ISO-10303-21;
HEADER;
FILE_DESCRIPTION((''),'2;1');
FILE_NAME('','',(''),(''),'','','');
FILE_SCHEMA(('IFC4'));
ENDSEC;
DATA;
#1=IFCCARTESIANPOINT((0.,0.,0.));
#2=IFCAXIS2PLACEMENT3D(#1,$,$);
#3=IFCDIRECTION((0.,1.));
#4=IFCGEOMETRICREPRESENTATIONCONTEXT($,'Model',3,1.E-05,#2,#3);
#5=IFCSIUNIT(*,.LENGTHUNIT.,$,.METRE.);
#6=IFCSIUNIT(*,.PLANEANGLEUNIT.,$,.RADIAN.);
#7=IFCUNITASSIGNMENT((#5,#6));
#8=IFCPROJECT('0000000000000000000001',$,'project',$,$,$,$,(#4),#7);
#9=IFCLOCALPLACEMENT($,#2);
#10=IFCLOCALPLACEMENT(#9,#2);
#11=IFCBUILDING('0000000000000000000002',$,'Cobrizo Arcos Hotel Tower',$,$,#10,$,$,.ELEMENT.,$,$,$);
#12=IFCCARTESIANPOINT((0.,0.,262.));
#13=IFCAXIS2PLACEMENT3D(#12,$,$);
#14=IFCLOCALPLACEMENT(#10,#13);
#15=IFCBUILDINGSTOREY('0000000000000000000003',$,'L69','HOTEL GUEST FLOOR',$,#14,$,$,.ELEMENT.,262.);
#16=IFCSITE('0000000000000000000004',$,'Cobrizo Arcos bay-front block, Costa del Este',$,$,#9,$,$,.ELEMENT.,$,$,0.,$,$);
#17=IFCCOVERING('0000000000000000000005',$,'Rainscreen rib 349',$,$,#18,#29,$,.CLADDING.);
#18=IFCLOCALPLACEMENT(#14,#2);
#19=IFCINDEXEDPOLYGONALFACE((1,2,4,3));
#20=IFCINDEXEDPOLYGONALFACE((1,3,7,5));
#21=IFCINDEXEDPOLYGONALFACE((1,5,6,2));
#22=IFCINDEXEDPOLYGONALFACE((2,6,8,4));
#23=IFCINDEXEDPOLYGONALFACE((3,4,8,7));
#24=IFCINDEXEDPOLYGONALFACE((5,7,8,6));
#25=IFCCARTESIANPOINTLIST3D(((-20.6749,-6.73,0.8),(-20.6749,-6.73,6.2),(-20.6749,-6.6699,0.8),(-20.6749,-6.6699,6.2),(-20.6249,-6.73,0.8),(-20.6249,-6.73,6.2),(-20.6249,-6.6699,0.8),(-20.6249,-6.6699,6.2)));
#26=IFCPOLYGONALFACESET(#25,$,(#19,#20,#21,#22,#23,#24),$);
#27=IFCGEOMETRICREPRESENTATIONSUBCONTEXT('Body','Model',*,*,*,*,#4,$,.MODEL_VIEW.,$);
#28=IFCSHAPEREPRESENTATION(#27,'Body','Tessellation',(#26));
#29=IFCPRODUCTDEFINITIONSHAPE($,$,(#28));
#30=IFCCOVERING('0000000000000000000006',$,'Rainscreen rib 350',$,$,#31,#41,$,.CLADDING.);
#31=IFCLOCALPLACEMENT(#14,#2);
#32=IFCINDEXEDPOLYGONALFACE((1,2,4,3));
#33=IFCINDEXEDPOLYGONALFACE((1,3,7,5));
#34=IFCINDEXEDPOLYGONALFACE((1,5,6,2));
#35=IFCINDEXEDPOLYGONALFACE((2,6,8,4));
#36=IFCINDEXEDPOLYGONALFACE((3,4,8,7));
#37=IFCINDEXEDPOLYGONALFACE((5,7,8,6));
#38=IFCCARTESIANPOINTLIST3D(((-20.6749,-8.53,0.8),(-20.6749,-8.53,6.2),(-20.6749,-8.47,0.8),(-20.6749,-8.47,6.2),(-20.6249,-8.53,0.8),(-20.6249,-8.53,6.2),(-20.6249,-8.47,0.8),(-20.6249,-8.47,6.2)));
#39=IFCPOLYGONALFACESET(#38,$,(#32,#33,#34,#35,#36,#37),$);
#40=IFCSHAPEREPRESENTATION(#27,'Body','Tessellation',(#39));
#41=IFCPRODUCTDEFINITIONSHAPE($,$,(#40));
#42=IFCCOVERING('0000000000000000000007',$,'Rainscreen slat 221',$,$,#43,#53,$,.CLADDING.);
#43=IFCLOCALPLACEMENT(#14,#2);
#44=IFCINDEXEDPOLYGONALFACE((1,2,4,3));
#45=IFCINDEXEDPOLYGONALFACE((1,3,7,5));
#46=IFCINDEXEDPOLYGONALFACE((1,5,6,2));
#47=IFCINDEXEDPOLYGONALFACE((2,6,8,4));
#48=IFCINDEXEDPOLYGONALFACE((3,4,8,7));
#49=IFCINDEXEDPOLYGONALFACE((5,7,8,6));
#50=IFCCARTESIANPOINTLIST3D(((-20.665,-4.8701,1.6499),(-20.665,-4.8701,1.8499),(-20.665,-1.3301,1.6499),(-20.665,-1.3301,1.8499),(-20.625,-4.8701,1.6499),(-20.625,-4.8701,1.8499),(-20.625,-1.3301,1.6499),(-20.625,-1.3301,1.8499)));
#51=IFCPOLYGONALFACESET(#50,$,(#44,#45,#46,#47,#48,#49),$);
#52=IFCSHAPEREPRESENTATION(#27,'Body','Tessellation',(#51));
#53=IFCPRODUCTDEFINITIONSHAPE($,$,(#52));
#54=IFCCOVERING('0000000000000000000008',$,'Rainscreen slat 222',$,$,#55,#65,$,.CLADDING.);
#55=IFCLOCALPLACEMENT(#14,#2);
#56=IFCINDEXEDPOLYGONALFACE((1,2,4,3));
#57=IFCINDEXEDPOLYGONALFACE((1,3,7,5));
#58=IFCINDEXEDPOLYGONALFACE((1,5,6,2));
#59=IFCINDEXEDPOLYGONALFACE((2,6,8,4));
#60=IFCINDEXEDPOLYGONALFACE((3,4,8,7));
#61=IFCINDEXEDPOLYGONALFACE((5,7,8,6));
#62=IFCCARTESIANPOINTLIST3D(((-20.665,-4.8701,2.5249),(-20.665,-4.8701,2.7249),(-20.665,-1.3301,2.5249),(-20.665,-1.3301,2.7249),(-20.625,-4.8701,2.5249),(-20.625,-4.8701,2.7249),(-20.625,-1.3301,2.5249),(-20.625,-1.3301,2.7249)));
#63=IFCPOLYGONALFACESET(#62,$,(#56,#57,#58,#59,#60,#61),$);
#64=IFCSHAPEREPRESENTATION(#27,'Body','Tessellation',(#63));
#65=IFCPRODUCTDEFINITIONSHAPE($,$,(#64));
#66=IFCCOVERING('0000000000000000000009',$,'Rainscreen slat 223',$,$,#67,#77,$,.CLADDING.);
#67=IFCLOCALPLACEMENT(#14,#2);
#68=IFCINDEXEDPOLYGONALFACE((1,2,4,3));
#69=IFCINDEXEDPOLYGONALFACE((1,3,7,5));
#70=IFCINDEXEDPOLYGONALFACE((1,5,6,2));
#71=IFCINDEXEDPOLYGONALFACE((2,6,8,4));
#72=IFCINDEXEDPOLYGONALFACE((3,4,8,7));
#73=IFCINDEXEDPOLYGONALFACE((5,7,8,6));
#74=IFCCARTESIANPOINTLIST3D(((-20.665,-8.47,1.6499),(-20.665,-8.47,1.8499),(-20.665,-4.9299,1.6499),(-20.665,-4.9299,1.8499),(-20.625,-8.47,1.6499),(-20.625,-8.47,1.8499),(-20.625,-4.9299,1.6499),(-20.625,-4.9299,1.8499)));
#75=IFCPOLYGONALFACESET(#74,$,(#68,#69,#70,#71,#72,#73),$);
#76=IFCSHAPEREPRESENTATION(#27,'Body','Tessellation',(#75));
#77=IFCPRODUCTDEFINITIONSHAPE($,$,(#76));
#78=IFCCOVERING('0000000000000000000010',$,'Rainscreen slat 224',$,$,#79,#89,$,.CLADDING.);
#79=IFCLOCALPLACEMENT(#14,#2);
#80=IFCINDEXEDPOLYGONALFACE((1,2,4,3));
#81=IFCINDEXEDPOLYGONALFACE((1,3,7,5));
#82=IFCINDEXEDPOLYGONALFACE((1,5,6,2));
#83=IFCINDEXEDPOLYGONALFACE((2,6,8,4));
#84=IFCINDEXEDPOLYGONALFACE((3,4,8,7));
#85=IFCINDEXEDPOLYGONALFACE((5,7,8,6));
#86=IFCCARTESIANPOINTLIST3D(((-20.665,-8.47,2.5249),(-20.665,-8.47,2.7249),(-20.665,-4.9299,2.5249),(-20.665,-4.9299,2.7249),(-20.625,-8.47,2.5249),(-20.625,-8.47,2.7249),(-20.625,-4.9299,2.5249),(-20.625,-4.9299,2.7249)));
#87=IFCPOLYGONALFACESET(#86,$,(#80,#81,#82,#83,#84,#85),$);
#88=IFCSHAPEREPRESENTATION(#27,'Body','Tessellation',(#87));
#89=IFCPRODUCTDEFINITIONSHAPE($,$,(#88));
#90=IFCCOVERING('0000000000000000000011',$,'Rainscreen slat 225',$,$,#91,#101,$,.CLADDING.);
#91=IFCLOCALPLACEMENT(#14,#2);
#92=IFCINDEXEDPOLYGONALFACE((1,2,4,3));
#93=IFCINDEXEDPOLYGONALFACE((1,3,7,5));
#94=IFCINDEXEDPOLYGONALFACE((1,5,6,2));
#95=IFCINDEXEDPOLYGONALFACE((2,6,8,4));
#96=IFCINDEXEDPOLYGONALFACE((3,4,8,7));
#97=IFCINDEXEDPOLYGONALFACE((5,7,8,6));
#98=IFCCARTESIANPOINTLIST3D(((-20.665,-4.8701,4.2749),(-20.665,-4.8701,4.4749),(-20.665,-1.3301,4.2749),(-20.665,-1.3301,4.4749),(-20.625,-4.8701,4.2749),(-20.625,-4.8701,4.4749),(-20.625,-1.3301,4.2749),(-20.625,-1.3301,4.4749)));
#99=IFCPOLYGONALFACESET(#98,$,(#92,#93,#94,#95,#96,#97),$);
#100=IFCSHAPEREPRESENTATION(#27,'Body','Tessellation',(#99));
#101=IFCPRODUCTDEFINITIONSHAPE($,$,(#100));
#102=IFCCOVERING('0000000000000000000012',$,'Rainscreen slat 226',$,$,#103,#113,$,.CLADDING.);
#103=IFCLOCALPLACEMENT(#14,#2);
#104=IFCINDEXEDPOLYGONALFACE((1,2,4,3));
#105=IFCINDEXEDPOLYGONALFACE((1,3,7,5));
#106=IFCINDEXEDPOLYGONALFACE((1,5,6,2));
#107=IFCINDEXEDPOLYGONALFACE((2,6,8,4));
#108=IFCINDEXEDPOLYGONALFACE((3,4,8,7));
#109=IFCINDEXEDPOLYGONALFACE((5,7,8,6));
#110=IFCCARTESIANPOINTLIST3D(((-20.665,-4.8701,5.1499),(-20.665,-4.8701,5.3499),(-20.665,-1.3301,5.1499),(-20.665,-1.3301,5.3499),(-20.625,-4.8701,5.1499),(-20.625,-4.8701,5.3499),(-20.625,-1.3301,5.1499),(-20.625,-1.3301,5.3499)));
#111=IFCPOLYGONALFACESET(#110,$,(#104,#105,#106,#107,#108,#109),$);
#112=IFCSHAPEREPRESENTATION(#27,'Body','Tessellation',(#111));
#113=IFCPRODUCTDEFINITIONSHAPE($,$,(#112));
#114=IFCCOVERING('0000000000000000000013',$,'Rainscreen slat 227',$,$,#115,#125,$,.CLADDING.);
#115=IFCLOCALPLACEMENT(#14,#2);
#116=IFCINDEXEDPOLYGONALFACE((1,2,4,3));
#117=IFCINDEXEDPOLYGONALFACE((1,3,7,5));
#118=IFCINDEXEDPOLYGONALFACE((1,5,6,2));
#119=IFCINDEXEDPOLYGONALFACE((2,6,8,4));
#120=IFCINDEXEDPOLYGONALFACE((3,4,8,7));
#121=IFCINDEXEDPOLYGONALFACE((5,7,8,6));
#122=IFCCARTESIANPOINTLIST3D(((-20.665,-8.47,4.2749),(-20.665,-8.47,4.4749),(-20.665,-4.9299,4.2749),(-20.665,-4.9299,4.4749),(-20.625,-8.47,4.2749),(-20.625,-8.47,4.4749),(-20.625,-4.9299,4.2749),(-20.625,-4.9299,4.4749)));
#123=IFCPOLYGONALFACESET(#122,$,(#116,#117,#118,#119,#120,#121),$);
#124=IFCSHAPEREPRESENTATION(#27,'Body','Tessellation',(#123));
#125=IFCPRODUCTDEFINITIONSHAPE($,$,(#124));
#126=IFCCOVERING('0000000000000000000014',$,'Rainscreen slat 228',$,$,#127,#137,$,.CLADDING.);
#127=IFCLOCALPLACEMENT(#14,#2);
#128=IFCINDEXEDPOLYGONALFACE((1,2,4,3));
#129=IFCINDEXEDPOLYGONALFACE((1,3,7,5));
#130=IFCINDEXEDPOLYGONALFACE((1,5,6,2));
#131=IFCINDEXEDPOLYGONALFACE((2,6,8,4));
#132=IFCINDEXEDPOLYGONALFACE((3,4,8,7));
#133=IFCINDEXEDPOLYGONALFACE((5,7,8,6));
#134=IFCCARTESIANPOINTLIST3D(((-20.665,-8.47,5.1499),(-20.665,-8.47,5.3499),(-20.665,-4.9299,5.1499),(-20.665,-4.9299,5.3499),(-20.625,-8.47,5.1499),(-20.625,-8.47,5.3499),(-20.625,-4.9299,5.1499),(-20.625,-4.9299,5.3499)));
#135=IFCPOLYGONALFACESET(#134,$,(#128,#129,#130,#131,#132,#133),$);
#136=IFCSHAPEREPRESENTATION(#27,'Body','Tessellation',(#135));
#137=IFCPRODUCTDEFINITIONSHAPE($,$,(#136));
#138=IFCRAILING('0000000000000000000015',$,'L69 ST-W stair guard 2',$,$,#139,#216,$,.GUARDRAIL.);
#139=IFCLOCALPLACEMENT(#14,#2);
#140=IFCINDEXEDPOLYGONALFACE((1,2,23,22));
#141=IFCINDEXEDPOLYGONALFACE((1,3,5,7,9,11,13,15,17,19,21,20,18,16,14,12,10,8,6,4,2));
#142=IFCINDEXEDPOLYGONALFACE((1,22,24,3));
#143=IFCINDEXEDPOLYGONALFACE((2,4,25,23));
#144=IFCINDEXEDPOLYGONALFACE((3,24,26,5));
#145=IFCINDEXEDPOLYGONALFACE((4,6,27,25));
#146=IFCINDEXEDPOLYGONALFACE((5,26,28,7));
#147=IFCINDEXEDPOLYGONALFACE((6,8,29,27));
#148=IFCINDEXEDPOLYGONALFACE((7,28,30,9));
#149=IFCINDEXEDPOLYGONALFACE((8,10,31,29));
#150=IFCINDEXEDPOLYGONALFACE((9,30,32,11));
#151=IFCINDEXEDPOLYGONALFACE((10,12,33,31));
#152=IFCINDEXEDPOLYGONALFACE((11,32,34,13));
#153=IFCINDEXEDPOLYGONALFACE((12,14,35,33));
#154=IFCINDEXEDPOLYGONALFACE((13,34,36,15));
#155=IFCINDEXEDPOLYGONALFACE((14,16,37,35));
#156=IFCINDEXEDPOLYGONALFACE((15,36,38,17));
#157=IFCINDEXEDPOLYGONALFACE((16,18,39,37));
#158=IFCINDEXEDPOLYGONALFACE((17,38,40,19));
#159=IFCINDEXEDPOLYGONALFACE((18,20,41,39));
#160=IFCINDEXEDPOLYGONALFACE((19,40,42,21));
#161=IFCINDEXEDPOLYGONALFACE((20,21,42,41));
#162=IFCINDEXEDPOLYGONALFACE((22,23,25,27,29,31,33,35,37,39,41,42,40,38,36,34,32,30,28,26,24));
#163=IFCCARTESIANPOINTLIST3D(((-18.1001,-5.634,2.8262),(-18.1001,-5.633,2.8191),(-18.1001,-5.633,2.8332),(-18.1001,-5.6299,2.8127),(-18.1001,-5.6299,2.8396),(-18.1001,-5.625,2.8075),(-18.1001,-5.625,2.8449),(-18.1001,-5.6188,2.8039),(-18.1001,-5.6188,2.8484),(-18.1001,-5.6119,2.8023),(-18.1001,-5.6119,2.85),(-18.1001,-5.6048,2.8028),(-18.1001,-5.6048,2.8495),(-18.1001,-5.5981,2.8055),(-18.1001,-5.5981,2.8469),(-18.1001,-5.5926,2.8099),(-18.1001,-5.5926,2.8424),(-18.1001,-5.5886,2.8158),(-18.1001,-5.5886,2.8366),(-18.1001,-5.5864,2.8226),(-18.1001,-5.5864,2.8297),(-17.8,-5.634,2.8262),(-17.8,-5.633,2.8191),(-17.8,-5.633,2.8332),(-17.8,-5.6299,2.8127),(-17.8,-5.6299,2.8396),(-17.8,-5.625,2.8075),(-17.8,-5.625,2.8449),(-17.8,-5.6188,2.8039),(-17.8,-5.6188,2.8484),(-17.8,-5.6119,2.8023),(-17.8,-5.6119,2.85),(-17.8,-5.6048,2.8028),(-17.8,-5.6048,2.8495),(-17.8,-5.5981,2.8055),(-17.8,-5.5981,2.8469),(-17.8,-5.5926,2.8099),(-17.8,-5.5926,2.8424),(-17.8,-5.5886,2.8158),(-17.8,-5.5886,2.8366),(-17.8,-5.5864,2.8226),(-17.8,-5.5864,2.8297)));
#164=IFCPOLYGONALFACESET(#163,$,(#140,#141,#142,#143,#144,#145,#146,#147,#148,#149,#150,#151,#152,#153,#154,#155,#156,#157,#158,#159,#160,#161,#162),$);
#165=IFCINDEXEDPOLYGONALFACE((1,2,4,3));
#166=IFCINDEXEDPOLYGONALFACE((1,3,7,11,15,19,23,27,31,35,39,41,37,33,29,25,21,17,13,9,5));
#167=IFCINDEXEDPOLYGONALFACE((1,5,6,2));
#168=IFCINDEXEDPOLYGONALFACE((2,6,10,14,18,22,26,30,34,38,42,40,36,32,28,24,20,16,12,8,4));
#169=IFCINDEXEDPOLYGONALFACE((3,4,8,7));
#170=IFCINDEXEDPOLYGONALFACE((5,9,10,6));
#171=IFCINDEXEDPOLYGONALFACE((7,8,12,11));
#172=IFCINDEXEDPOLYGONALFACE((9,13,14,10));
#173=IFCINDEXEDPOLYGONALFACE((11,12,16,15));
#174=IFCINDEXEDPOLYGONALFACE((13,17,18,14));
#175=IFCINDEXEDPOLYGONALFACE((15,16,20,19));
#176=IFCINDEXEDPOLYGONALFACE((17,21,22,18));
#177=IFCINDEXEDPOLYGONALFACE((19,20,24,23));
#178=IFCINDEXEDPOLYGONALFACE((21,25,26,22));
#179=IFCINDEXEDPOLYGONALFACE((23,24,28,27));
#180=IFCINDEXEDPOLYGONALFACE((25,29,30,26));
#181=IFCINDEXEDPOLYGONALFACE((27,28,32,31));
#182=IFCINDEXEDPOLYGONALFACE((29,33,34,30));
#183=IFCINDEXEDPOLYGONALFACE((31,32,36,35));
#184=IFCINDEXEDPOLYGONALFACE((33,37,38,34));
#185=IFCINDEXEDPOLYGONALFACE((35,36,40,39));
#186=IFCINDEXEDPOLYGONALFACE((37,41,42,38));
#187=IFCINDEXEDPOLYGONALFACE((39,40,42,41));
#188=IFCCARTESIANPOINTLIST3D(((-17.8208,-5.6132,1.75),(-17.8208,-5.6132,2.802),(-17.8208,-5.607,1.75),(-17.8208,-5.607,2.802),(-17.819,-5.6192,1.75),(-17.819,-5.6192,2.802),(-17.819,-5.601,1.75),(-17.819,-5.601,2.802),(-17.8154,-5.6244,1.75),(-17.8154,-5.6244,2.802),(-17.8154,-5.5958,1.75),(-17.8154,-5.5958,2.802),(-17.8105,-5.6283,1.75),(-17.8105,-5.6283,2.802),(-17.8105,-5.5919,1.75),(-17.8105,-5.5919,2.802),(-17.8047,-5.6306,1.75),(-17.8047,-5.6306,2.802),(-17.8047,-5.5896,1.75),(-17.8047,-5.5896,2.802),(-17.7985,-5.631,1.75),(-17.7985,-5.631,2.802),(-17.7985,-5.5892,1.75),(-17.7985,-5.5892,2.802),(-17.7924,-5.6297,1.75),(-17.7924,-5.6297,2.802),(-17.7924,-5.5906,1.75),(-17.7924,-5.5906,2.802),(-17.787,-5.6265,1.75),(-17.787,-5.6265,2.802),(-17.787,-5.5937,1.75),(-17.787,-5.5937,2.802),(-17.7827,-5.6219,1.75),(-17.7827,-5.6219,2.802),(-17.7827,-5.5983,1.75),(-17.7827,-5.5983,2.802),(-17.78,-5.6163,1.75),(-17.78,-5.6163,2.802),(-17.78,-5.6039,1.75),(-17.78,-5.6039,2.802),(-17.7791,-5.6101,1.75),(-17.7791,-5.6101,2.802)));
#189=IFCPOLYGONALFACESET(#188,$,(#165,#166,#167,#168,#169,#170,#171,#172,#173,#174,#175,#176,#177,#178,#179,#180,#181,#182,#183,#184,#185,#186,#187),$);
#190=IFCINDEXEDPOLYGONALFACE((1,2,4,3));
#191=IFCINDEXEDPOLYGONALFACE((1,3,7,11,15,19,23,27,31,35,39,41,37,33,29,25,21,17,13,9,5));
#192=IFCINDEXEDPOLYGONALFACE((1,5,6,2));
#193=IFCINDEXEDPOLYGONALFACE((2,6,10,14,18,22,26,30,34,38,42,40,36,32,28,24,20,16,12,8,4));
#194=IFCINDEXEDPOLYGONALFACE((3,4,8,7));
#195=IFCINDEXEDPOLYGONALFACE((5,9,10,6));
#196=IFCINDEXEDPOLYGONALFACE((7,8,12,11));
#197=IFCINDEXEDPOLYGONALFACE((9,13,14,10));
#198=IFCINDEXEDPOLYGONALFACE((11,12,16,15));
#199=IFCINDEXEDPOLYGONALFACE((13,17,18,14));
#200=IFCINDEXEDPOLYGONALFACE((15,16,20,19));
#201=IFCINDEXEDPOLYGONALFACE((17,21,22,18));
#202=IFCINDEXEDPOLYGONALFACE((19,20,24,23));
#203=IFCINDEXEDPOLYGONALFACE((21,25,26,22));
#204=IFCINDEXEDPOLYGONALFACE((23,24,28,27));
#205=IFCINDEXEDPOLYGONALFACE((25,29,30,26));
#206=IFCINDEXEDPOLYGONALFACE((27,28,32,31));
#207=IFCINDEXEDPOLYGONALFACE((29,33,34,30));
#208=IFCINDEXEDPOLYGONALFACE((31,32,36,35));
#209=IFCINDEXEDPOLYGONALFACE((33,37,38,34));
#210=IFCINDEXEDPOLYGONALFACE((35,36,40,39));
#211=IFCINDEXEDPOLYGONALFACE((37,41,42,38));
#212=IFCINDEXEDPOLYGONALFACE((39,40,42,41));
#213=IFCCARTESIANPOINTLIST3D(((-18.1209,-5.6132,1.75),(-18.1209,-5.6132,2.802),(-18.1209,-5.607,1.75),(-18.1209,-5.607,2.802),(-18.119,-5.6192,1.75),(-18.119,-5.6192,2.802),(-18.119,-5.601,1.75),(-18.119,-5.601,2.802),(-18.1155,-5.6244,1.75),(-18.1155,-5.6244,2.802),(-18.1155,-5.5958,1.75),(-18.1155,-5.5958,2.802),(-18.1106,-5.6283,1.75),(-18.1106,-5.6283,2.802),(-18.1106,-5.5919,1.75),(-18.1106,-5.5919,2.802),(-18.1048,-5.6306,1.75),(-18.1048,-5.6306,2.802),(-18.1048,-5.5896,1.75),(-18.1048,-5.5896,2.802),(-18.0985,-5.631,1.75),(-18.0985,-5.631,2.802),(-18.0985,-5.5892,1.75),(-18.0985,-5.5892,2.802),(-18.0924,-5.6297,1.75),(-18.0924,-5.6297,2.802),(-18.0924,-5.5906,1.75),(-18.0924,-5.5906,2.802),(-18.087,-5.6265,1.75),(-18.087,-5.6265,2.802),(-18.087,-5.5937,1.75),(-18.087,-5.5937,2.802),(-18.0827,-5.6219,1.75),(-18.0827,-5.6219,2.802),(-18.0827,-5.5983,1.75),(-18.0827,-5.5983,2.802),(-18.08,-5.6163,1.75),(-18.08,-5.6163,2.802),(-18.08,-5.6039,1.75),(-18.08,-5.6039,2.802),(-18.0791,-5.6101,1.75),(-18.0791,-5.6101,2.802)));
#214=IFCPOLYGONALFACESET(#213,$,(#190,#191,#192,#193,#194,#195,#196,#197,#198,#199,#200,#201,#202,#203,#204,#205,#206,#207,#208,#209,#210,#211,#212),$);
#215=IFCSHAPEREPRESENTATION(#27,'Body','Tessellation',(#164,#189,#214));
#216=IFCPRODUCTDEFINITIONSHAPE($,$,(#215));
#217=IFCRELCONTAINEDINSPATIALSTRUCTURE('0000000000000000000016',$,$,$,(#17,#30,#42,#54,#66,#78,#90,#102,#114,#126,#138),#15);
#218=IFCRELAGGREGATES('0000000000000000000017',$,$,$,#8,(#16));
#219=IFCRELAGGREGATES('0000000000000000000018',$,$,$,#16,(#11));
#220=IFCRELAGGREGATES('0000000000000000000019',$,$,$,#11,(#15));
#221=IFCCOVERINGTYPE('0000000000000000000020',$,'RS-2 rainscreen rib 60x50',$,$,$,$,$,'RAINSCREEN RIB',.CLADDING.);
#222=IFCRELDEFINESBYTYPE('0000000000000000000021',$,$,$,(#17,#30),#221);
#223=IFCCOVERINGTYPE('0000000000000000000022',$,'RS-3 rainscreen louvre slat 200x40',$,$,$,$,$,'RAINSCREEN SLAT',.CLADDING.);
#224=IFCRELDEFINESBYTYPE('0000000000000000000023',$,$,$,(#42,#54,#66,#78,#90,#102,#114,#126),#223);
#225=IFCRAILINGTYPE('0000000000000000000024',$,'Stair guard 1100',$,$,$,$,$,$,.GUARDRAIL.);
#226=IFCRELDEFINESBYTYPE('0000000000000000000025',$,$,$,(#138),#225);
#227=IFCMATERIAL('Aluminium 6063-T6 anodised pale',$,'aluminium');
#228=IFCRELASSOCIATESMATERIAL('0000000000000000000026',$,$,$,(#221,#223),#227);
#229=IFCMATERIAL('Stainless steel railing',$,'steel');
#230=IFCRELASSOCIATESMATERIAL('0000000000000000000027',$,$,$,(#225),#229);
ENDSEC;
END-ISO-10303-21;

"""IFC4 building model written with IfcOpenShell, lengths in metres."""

from ifc_helpers import new_model, si_unit, direction, frame, origin, origin_2d, place, context, subcontext, project, spatial, rectangle, circle, extrude, material, type_object, element, save


model = new_model("IFC4")

# Units and contexts
model_context = context("Model", 3, precision=1e-05, world=origin(), true_north=direction((0.0, 1.0)))
body_context = subcontext(model_context, "Body", "Model", "MODEL_VIEW")
ifc_project = project(units=[si_unit("LENGTHUNIT", "METRE"), si_unit("PLANEANGLEUNIT", "RADIAN")], contexts=[model_context])

# Site, building, storey
site_placement = place(None, origin())
site = spatial("IfcSite", under=ifc_project, at=site_placement, Name="Cobrizo Arcos bay-front block, Costa del Este", CompositionType="ELEMENT", RefElevation=0.0)
building_placement = place(site_placement, origin())
building = spatial("IfcBuilding", under=site, at=building_placement, Name="Cobrizo Arcos Hotel Tower", CompositionType="ELEMENT")
storey_placement = place(building_placement, frame((0.0, 0.0, 262.0)))
storey = spatial("IfcBuildingStorey", under=building, at=storey_placement, Name="L69", Description="HOTEL GUEST FLOOR", CompositionType="ELEMENT", Elevation=262.0)

# Coverings
ifc_material_1 = material(Name="Aluminium 6063-T6 anodised pale", Category="aluminium")
covering_type_1 = type_object("IfcCoveringType", Name="RS-2 rainscreen rib 60x50", ElementType="RAINSCREEN RIB", PredefinedType="CLADDING", material=ifc_material_1)
for number, where, z_axis, x_axis, name in (
    (1, (-20.6499, -6.7, 0.8), (0.0, 0.0, 1.0), (0.0, -1.0, 0.0), "Rainscreen rib 349"),
    (2, (-20.6499, -8.5, 0.8), (0.0, 0.0, 1.0), (0.0, -1.0, 0.0), "Rainscreen rib 350"),
):
    element("IfcCovering", number, at=place(storey_placement, frame(where, z_axis=z_axis, x_axis=x_axis)), inside=storey, type_object=covering_type_1, Name=name, PredefinedType="CLADDING", context=body_context, shape_type="SweptSolid", body=[
        extrude(rectangle(XDim=0.0601, YDim=0.05, at=origin_2d()), origin(), (0.0, 0.0, 1.0), 5.3999),
    ])
covering_type_2 = type_object("IfcCoveringType", Name="RS-3 rainscreen louvre slat 200x40", ElementType="RAINSCREEN SLAT", PredefinedType="CLADDING", material=ifc_material_1)
for number, where, z_axis, x_axis, name in (
    (3, (-20.645, -3.1001, 1.6499), (0.0, 0.0, 1.0), (0.0, -1.0, 0.0), "Rainscreen slat 221"),
    (4, (-20.645, -3.1001, 2.5249), (0.0, 0.0, 1.0), (0.0, -1.0, 0.0), "Rainscreen slat 222"),
    (5, (-20.645, -6.7, 1.6499), (0.0, 0.0, 1.0), (0.0, -1.0, 0.0), "Rainscreen slat 223"),
    (6, (-20.645, -6.7, 2.5249), (0.0, 0.0, 1.0), (0.0, -1.0, 0.0), "Rainscreen slat 224"),
    (7, (-20.645, -3.1001, 4.2749), (0.0, 0.0, 1.0), (0.0, -1.0, 0.0), "Rainscreen slat 225"),
    (8, (-20.645, -3.1001, 5.1499), (0.0, 0.0, 1.0), (0.0, -1.0, 0.0), "Rainscreen slat 226"),
    (9, (-20.645, -6.7, 4.2749), (0.0, 0.0, 1.0), (0.0, -1.0, 0.0), "Rainscreen slat 227"),
    (10, (-20.645, -6.7, 5.1499), (0.0, 0.0, 1.0), (0.0, -1.0, 0.0), "Rainscreen slat 228"),
):
    element("IfcCovering", number, at=place(storey_placement, frame(where, z_axis=z_axis, x_axis=x_axis)), inside=storey, type_object=covering_type_2, Name=name, PredefinedType="CLADDING", context=body_context, shape_type="SweptSolid", body=[
        extrude(rectangle(XDim=3.54, YDim=0.04, at=origin_2d()), origin(), (0.0, 0.0, 1.0), 0.2),
    ])

# Railing
ifc_material_2 = material(Name="Stainless steel railing", Category="steel")
railing_type_1 = type_object("IfcRailingType", Name="Stair guard 1100", PredefinedType="GUARDRAIL", material=ifc_material_2)
railing_1_placement = place(storey_placement, frame((-17.8, -5.6101, 1.75)))
element("IfcRailing", 11, at=railing_1_placement, inside=storey, type_object=railing_type_1, Name="L69 ST-W stair guard 2", PredefinedType="GUARDRAIL", context=body_context, shape_type="SweptSolid", body=[
    extrude(circle(Radius=0.0239, at=origin_2d()), frame((0.0, 0.0, 1.0762), z_axis=(-1.0, 0.0, 0.0), x_axis=(0.0, -1.0, 0.0)), (0.0, 0.0, 1.0), 0.3),
    extrude(circle(Radius=0.021, at=origin_2d()), origin(), (0.0, 0.0, 1.0), 1.052),
    extrude(circle(Radius=0.021, at=origin_2d()), frame((-0.3, 0.0, 0.0)), (0.0, 0.0, 1.0), 1.052),
])

save(model, "model.ifc")
